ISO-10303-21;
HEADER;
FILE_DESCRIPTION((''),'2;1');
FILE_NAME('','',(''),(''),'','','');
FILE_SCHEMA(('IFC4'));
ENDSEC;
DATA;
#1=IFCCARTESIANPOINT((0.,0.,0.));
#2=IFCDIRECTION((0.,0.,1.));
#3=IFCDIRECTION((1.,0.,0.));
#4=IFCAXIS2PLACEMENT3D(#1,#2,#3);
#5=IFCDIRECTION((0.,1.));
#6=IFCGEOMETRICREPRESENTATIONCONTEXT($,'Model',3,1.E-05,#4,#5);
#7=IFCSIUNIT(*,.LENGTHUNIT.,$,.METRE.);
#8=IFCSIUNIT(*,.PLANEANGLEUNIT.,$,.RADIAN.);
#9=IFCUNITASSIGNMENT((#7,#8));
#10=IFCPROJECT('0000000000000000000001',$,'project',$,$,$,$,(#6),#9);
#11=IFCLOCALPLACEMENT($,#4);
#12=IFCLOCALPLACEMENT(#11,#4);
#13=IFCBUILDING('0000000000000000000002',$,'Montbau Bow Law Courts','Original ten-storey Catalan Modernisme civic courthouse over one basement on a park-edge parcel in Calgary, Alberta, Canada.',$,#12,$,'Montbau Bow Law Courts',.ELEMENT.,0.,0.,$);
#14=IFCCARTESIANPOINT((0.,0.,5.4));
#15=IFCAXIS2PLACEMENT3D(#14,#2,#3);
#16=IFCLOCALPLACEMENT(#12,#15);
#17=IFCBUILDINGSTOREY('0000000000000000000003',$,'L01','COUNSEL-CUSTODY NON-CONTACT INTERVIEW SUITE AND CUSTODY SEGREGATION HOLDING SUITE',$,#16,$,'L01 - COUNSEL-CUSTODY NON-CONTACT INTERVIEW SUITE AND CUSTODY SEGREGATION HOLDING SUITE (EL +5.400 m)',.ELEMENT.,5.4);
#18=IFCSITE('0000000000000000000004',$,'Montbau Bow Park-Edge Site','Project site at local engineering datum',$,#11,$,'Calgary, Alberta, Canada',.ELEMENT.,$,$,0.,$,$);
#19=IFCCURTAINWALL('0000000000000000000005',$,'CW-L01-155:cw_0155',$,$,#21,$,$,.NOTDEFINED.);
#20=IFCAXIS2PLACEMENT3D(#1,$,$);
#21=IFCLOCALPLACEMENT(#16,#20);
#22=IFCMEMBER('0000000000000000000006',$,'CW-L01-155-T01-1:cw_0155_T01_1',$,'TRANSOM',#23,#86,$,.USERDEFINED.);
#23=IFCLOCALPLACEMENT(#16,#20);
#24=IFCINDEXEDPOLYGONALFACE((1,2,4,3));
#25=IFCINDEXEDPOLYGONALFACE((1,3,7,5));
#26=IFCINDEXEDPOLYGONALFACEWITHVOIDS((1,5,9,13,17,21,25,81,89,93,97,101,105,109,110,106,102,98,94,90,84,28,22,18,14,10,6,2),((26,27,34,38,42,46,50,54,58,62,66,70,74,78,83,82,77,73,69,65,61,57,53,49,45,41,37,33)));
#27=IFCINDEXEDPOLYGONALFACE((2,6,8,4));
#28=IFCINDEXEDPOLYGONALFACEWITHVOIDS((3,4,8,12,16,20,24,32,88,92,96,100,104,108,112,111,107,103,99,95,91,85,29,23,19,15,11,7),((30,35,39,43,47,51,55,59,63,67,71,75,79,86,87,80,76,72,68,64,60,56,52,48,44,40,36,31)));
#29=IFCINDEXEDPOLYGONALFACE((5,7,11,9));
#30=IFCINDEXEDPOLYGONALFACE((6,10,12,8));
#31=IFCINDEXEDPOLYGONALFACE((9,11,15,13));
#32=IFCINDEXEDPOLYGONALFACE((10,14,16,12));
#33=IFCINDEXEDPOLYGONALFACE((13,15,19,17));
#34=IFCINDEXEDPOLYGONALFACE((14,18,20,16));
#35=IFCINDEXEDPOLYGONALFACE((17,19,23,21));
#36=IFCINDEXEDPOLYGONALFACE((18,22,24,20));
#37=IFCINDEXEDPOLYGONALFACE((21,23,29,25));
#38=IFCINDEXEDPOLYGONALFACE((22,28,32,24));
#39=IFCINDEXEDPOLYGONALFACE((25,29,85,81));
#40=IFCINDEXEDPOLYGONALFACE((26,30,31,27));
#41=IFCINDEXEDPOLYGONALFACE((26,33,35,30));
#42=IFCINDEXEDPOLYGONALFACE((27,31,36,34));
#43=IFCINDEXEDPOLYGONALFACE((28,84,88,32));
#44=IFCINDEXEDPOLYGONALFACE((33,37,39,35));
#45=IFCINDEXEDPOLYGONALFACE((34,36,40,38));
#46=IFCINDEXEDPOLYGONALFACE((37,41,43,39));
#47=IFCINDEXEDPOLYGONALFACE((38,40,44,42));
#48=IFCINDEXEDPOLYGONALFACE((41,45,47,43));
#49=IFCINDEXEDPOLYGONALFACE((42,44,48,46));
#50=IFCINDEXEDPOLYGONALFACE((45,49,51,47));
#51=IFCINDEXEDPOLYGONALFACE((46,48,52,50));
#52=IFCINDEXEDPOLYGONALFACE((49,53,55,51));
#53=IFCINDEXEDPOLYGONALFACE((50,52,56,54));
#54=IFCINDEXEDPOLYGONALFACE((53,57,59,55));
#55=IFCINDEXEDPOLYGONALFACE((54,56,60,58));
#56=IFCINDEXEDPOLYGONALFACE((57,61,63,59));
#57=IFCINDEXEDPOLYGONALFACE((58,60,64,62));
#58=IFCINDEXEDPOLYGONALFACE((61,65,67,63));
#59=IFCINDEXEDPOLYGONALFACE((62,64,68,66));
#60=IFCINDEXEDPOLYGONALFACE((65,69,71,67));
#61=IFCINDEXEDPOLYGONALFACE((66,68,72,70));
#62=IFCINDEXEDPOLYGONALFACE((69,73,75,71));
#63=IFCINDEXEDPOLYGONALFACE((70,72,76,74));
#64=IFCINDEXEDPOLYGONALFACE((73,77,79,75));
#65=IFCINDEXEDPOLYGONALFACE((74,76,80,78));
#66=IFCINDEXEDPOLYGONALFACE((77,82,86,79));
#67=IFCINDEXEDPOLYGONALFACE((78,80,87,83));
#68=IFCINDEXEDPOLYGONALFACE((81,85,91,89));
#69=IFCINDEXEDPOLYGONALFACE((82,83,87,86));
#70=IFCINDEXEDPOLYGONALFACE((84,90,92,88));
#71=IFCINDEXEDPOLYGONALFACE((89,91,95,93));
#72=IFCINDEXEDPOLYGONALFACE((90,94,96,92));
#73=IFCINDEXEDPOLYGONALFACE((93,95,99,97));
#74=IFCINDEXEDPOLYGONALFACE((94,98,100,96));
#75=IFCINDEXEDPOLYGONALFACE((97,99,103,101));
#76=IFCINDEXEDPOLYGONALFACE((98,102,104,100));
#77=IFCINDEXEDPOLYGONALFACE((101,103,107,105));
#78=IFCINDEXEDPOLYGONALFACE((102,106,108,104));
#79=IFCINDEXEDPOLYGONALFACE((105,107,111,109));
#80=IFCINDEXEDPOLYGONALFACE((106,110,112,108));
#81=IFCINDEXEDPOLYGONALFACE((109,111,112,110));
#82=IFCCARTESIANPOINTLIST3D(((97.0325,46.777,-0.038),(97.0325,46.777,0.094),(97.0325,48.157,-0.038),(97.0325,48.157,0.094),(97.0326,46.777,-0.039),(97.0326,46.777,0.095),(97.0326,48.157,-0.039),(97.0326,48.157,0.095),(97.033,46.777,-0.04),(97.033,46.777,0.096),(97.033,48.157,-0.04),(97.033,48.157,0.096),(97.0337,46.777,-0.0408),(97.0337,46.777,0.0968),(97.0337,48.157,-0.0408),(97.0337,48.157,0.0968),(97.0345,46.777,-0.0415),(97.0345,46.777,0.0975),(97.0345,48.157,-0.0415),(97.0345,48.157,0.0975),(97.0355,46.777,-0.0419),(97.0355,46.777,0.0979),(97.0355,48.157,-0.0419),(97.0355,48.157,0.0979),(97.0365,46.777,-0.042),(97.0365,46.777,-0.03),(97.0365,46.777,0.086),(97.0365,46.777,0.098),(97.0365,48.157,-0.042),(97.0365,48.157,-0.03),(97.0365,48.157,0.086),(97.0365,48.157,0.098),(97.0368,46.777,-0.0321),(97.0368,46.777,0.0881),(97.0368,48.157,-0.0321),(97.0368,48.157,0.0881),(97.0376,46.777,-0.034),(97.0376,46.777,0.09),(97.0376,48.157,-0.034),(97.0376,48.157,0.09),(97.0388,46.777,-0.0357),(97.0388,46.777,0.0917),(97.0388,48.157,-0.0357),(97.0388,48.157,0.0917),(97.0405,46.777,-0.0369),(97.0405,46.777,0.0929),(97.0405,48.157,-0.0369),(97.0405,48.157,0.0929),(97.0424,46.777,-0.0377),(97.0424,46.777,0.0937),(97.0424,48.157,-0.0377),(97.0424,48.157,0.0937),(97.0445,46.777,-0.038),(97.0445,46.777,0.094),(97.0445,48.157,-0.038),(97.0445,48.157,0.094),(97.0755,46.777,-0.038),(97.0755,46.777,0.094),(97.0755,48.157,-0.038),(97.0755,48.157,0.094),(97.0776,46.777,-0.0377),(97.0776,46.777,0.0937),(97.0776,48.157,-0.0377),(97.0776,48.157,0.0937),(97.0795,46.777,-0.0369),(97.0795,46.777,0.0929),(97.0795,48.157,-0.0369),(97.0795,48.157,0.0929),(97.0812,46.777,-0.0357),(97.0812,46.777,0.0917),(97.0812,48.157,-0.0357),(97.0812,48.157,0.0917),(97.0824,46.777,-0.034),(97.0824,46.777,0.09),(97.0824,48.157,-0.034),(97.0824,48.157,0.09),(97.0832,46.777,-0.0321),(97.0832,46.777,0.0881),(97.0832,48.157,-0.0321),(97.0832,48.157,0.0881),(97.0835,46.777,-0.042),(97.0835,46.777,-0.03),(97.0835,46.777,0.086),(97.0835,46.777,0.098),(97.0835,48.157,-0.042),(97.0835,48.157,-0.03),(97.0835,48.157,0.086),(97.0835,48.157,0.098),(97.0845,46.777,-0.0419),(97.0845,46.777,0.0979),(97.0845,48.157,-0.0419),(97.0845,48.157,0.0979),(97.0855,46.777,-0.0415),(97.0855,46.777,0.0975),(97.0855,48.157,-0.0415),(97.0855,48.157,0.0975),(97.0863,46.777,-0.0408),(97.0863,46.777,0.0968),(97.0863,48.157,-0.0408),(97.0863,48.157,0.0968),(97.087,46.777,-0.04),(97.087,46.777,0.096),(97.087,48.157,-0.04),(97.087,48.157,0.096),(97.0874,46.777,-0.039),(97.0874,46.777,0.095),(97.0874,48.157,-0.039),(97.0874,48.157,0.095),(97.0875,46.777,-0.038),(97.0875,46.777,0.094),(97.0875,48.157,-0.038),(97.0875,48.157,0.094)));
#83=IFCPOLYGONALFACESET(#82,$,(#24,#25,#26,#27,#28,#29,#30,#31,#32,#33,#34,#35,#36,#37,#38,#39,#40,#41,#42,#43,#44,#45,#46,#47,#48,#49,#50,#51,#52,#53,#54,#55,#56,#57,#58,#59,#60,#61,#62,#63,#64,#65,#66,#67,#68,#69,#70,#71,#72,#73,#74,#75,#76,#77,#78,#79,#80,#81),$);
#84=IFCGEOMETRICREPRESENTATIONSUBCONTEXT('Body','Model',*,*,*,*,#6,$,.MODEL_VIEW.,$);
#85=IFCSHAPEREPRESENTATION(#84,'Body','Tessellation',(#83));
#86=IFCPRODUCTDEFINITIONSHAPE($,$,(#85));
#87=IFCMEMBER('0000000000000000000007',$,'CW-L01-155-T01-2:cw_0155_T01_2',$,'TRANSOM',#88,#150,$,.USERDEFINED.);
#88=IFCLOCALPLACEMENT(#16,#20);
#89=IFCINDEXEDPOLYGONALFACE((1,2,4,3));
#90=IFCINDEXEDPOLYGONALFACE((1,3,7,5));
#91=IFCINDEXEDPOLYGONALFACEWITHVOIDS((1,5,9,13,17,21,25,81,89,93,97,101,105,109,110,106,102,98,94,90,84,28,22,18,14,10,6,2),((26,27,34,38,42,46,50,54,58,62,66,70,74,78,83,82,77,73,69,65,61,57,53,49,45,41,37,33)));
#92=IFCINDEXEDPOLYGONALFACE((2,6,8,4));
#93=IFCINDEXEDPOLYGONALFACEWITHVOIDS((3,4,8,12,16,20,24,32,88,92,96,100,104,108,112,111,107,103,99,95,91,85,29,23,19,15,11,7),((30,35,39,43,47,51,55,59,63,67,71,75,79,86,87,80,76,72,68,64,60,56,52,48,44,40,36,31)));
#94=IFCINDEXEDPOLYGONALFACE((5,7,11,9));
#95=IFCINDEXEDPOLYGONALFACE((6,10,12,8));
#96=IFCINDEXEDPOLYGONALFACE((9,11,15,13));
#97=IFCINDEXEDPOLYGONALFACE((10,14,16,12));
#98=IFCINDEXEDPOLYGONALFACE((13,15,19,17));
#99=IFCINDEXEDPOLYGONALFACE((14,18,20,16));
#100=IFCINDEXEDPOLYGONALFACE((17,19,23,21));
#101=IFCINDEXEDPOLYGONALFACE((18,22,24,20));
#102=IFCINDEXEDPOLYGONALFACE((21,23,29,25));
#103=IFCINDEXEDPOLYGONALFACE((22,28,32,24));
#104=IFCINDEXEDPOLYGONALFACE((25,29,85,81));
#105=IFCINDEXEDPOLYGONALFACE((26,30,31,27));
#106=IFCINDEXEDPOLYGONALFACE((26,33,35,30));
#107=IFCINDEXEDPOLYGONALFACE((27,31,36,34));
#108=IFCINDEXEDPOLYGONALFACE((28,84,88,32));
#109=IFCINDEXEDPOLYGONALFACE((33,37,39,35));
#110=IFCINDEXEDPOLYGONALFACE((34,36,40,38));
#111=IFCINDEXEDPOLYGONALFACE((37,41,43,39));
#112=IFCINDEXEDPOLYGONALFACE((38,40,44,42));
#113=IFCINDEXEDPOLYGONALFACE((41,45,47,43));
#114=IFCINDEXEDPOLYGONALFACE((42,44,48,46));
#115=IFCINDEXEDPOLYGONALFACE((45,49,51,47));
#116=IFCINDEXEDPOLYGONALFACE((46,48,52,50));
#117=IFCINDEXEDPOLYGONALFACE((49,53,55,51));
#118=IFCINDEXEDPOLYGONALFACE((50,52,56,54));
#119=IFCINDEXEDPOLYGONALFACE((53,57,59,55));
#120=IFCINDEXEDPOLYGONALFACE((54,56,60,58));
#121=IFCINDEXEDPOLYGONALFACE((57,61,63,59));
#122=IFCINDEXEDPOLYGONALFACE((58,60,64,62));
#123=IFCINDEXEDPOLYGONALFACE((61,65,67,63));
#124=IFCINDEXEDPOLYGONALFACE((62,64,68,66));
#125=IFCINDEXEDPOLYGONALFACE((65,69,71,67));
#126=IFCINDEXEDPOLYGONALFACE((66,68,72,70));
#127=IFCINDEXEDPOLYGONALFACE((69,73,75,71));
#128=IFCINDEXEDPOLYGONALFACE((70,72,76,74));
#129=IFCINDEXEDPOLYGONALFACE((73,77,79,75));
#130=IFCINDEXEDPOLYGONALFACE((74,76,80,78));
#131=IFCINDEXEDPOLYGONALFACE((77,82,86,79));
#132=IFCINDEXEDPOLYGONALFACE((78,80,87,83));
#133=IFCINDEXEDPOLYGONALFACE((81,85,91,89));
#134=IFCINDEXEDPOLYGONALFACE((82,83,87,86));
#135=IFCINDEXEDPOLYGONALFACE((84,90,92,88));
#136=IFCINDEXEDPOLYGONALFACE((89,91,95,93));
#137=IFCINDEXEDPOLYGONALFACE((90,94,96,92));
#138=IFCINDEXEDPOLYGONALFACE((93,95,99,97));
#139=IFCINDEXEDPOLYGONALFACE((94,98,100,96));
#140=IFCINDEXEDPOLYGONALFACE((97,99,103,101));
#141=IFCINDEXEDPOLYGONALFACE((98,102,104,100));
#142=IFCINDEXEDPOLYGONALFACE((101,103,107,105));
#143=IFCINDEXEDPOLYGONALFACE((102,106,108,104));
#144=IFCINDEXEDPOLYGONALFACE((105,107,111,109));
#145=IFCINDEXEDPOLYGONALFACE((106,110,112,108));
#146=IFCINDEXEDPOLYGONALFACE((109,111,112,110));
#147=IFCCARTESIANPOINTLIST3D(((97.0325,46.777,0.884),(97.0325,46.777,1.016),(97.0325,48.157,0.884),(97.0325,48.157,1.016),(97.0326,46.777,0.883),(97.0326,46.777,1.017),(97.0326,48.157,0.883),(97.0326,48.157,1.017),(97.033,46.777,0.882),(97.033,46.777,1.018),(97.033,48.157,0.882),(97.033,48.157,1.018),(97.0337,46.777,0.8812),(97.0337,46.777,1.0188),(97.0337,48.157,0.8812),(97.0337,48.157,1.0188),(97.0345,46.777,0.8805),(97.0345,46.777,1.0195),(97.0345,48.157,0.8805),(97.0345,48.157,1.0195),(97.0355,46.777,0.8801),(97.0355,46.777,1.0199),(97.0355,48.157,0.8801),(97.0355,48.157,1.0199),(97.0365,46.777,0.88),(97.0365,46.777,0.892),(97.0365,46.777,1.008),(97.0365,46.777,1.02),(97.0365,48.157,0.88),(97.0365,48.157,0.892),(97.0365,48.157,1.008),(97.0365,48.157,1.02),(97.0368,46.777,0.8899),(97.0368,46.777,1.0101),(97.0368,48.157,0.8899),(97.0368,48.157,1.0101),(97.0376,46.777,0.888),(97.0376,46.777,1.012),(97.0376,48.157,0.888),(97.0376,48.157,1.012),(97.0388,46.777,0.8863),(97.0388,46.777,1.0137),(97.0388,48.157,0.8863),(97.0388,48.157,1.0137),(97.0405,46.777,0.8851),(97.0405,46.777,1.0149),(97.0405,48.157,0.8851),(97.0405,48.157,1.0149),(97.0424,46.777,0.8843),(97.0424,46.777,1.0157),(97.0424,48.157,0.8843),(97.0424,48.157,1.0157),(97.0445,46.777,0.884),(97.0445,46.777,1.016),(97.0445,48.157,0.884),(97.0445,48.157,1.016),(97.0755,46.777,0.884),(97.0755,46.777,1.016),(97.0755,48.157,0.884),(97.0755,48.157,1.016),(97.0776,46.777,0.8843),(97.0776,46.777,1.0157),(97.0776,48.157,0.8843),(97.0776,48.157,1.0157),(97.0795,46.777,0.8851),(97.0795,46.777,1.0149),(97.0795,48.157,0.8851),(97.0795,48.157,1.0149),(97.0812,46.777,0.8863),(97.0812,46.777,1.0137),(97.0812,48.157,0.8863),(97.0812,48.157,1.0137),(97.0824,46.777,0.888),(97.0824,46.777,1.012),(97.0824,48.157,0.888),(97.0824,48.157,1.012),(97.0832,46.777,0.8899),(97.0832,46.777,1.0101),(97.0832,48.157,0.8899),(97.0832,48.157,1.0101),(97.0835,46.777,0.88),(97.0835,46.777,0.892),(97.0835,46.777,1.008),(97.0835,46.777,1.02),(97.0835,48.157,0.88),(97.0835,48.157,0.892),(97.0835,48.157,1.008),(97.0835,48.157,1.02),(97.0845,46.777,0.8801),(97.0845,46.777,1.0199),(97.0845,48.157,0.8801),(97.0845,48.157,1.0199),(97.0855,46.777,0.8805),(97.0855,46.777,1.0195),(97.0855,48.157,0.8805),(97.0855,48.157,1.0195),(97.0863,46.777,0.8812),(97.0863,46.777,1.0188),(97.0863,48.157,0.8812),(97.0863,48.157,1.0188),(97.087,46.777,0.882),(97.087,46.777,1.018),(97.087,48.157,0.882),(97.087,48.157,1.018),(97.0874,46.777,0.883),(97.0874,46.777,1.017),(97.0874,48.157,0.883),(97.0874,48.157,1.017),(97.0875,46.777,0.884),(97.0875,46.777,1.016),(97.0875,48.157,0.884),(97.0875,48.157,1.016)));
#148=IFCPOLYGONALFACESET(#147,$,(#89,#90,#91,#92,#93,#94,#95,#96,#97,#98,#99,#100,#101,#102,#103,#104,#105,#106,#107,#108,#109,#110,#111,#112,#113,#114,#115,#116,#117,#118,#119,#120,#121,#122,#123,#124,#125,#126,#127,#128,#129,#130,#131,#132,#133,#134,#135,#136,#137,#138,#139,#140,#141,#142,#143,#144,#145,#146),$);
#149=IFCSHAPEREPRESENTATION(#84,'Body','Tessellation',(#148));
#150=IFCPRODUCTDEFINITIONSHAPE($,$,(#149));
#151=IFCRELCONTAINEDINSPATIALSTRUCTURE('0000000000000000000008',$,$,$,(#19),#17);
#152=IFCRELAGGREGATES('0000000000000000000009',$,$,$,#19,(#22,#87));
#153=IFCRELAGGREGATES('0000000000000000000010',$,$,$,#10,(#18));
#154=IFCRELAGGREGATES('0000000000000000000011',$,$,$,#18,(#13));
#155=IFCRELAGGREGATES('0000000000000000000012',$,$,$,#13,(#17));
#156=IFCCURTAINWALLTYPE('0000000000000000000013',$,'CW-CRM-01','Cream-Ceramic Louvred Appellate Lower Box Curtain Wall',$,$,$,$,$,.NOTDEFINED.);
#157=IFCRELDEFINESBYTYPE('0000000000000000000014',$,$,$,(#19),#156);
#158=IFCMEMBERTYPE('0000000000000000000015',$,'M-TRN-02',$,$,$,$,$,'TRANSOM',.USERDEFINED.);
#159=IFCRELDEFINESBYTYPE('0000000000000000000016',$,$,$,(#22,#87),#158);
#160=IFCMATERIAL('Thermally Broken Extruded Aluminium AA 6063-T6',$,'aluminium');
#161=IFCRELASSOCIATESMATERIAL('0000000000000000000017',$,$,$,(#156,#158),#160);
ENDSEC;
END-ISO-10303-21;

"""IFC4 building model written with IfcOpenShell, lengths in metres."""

from ifc_helpers import new_model, si_unit, direction, frame, origin_with_axes, origin_2d_with_axis, place, context, subcontext, project, spatial, hollow_rectangle, extrude, material, material_profile, profile_set, type_object, element, aggregate, save


model = new_model("IFC4")

# Units and contexts
model_context = context("Model", 3, precision=1e-05, world=origin_with_axes(), true_north=direction((0.0, 1.0)))
body_context = subcontext(model_context, "Body", "Model", "MODEL_VIEW")
ifc_project = project(units=[si_unit("LENGTHUNIT", "METRE"), si_unit("PLANEANGLEUNIT", "RADIAN")], contexts=[model_context])

# Site, building, storey
site_placement = place(None, origin_with_axes())
site = spatial("IfcSite", under=ifc_project, at=site_placement, Name="Montbau Bow Park-Edge Site", Description="Project site at local engineering datum", LongName="Calgary, Alberta, Canada", CompositionType="ELEMENT", RefElevation=0.0)
building_placement = place(site_placement, origin_with_axes())
building = spatial("IfcBuilding", under=site, at=building_placement, Name="Montbau Bow Law Courts", Description="Original ten-storey Catalan Modernisme civic courthouse over one basement on a park-edge parcel in Calgary, Alberta, Canada.", LongName="Montbau Bow Law Courts", CompositionType="ELEMENT", ElevationOfRefHeight=0.0, ElevationOfTerrain=0.0)
storey_placement = place(building_placement, frame((0.0, 0.0, 5.4), z_axis=(0.0, 0.0, 1.0), x_axis=(1.0, 0.0, 0.0)))
storey = spatial("IfcBuildingStorey", under=building, at=storey_placement, Name="L01", Description="COUNSEL-CUSTODY NON-CONTACT INTERVIEW SUITE AND CUSTODY SEGREGATION HOLDING SUITE", LongName="L01 - COUNSEL-CUSTODY NON-CONTACT INTERVIEW SUITE AND CUSTODY SEGREGATION HOLDING SUITE (EL +5.400 m)", CompositionType="ELEMENT", Elevation=5.4)

# Curtain wall
ifc_material_1 = material(Name="Thermally Broken Extruded Aluminium AA 6063-T6", Category="aluminium")
curtain_wall_type = type_object("IfcCurtainWallType", Name="CW-CRM-01", Description="Cream-Ceramic Louvred Appellate Lower Box Curtain Wall", PredefinedType="NOTDEFINED", material=ifc_material_1)
curtain_wall_1_placement = place(None, frame((97.06, 46.715, 5.4), z_axis=(0.0, 0.0, 1.0), x_axis=(1.0, 0.0, 0.0)))
curtain_wall_1 = element("IfcCurtainWall", 1, at=curtain_wall_1_placement, inside=storey, type_object=curtain_wall_type, Name="CW-L01-155:cw_0155", PredefinedType="NOTDEFINED")

# Members
ifc_material_profile_1 = material_profile(ifc_material_1, hollow_rectangle(XDim=0.055, YDim=0.14, WallThickness=0.004, InnerFilletRadius=0.008, OuterFilletRadius=0.004, at=origin_2d_with_axis()), Name="CWT-140X55", Category="Main", Priority=0)
ifc_profile_set_1 = profile_set([ifc_material_profile_1], Name="Thermally Broken Extruded Aluminium AA 6063-T6")
member_type_1 = type_object("IfcMemberType", Name="M-TRN-02", ElementType="TRANSOM", PredefinedType="USERDEFINED", material=ifc_profile_set_1)
member_1_placement = place(None, frame((97.06, 46.777, 5.428), z_axis=(0.0, 1.0, 0.0), x_axis=(-1.0, 0.0, 0.0)))
member_1 = element("IfcMember", 2, at=member_1_placement, type_object=member_type_1, Name="CW-L01-155-T01-1:cw_0155_T01_1", ObjectType="TRANSOM", PredefinedType="USERDEFINED", context=body_context, shape_type="SweptSolid", body=[
    extrude(hollow_rectangle(XDim=0.055, YDim=0.14, WallThickness=0.004, InnerFilletRadius=0.008, OuterFilletRadius=0.004, at=origin_2d_with_axis()), origin_with_axes(), (0.0, 0.0, 1.0), 1.38),
])
member_2_placement = place(None, frame((97.06, 46.777, 6.35), z_axis=(0.0, 1.0, 0.0), x_axis=(-1.0, 0.0, 0.0)))
member_2 = element("IfcMember", 3, at=member_2_placement, type_object=member_type_1, Name="CW-L01-155-T01-2:cw_0155_T01_2", ObjectType="TRANSOM", PredefinedType="USERDEFINED", context=body_context, shape_type="SweptSolid", body=[
    extrude(hollow_rectangle(XDim=0.055, YDim=0.14, WallThickness=0.004, InnerFilletRadius=0.008, OuterFilletRadius=0.004, at=origin_2d_with_axis()), origin_with_axes(), (0.0, 0.0, 1.0), 1.38),
])

aggregate(curtain_wall_1, [member_1, member_2])

save(model, "model.ifc")
